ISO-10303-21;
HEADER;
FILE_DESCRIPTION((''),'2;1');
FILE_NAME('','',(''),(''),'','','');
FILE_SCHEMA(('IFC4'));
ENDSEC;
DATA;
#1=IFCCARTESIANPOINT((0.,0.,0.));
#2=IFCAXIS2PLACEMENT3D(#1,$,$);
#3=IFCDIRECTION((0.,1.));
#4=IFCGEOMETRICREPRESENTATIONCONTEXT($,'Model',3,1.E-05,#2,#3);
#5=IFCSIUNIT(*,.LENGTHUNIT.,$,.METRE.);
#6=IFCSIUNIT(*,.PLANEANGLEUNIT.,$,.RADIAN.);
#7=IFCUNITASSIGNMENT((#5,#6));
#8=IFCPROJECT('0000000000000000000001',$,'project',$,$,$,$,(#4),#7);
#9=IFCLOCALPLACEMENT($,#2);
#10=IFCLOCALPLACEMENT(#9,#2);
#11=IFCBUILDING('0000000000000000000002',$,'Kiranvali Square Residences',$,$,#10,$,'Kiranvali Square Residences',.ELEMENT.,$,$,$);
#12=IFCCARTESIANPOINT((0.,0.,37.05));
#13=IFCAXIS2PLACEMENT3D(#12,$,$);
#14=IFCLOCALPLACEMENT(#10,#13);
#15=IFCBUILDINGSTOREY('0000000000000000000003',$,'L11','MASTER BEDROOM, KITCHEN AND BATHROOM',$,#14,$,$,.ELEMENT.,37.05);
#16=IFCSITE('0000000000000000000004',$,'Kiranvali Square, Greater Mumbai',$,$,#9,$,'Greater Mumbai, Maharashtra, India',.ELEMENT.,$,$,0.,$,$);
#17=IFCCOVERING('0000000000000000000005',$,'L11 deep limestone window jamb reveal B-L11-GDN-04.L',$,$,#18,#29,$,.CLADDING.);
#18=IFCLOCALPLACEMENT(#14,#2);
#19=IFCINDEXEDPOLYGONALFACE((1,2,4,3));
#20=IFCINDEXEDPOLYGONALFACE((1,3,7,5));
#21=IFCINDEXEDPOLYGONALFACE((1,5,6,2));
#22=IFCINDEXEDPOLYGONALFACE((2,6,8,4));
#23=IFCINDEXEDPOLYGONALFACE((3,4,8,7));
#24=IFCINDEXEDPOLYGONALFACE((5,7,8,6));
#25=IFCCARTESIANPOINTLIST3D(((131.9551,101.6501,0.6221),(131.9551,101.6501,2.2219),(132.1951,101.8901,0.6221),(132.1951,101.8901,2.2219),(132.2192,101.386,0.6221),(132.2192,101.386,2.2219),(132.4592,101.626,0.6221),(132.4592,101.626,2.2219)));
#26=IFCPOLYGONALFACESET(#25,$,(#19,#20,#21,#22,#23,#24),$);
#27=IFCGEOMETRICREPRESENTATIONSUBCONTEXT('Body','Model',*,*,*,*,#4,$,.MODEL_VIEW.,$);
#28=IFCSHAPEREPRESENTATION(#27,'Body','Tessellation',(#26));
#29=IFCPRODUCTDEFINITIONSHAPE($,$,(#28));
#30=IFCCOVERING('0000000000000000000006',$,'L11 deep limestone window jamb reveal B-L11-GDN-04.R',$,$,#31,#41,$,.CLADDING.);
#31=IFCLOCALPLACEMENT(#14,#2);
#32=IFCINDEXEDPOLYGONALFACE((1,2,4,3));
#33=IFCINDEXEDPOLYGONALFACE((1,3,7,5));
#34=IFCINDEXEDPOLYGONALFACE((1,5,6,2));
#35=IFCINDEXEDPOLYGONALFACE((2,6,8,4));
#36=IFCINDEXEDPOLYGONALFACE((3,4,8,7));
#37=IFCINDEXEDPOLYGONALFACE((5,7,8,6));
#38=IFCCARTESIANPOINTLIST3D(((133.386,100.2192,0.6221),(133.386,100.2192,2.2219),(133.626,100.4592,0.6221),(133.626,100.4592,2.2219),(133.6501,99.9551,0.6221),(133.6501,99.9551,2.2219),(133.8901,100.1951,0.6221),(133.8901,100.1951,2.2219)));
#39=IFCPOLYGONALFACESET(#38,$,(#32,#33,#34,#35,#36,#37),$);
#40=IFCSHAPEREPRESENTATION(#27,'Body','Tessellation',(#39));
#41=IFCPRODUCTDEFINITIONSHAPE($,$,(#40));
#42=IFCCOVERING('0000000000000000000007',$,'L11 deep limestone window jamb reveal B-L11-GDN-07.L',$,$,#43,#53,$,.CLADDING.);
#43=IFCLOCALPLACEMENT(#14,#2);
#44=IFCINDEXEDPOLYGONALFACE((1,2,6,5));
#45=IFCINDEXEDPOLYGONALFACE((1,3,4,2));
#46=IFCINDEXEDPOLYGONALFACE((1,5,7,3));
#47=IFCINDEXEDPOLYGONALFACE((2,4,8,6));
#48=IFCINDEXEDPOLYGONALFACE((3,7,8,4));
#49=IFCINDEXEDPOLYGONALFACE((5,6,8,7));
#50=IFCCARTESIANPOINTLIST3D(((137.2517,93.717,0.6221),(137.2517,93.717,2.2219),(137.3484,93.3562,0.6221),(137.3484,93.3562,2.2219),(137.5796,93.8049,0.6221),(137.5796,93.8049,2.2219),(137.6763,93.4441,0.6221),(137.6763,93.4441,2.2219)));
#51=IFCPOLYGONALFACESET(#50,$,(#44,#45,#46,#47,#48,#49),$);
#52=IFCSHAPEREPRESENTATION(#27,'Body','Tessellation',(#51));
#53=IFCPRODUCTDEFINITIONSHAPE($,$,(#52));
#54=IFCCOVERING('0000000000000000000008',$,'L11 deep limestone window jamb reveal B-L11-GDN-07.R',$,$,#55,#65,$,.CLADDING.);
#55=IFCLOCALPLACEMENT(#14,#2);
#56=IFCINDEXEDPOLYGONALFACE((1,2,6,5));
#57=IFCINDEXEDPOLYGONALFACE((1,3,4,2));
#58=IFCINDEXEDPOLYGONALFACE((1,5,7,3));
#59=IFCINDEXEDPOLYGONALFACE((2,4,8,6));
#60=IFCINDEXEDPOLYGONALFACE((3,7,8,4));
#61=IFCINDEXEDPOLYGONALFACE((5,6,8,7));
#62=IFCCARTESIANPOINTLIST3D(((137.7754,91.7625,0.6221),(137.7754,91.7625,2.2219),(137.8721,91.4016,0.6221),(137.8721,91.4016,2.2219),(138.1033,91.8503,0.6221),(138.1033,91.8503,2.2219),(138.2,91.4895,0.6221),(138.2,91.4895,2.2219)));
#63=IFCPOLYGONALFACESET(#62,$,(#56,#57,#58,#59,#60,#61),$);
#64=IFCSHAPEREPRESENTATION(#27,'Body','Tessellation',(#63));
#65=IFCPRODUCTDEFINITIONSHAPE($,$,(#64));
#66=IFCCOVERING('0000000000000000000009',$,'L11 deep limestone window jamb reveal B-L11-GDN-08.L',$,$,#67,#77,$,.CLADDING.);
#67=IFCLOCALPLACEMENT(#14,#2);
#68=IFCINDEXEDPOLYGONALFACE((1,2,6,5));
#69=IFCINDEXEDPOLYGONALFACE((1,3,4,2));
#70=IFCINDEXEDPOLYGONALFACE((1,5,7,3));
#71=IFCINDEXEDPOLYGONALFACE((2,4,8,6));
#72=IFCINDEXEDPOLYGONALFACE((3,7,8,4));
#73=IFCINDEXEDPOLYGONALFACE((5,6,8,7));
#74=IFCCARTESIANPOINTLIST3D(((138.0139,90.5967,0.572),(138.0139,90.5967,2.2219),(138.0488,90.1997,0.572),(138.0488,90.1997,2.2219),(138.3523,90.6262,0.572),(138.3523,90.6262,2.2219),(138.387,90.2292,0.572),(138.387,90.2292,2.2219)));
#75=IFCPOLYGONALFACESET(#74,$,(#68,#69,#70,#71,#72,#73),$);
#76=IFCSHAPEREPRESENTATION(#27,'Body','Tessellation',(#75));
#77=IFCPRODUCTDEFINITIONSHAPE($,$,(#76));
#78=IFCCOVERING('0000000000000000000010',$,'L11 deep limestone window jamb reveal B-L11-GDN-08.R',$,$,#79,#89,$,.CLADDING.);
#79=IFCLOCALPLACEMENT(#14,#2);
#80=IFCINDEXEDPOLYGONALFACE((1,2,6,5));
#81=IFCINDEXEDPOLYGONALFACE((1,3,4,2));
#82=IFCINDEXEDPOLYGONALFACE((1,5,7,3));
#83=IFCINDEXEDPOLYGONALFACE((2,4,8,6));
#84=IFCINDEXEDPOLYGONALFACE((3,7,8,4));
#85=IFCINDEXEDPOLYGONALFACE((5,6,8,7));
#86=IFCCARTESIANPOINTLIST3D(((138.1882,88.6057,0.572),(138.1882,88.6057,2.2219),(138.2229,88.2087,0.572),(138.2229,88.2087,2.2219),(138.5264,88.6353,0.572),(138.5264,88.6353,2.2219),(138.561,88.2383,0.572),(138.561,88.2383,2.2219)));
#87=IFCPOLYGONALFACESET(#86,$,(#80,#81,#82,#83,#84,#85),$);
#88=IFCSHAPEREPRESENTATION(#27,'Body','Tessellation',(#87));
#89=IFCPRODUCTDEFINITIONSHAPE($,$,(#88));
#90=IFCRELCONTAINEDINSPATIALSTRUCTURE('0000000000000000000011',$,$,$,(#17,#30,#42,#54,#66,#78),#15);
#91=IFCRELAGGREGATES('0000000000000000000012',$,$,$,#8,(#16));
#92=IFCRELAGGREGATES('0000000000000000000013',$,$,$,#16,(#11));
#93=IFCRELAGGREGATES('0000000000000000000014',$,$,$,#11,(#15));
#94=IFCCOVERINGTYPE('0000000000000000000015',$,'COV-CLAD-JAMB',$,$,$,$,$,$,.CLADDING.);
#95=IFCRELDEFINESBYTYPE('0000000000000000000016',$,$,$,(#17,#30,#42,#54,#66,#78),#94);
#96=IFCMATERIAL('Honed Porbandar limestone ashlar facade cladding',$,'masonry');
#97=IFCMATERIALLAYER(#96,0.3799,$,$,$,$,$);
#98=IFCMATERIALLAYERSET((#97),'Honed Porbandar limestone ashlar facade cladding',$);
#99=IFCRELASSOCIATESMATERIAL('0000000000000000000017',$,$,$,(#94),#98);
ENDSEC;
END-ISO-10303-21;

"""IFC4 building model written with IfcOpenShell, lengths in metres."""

from ifc_helpers import new_model, si_unit, direction, frame, origin, place, context, subcontext, project, spatial, polyline, outline, extrude, material, layer, layer_set, type_object, element, save


model = new_model("IFC4")

# Units and contexts
model_context = context("Model", 3, precision=1e-05, world=origin(), true_north=direction((0.0, 1.0)))
body_context = subcontext(model_context, "Body", "Model", "MODEL_VIEW")
ifc_project = project(units=[si_unit("LENGTHUNIT", "METRE"), si_unit("PLANEANGLEUNIT", "RADIAN")], contexts=[model_context])

# Site, building, storey
site_placement = place(None, origin())
site = spatial("IfcSite", under=ifc_project, at=site_placement, Name="Kiranvali Square, Greater Mumbai", LongName="Greater Mumbai, Maharashtra, India", CompositionType="ELEMENT", RefElevation=0.0)
building_placement = place(site_placement, origin())
building = spatial("IfcBuilding", under=site, at=building_placement, Name="Kiranvali Square Residences", LongName="Kiranvali Square Residences", CompositionType="ELEMENT")
storey_placement = place(building_placement, frame((0.0, 0.0, 37.05)))
storey = spatial("IfcBuildingStorey", under=building, at=storey_placement, Name="L11", Description="MASTER BEDROOM, KITCHEN AND BATHROOM", CompositionType="ELEMENT", Elevation=37.05)

# Coverings
ifc_material = material(Name="Honed Porbandar limestone ashlar facade cladding", Category="masonry")
ifc_layer = layer(ifc_material, 0.3799)
ifc_layer_set = layer_set([ifc_layer], Name="Honed Porbandar limestone ashlar facade cladding")
covering_type = type_object("IfcCoveringType", Name="COV-CLAD-JAMB", PredefinedType="CLADDING", material=ifc_layer_set)
covering_1_placement = place(storey_placement, frame((0.0, 0.0, 0.6221)))
element("IfcCovering", 1, at=covering_1_placement, inside=storey, type_object=covering_type, Name="L11 deep limestone window jamb reveal B-L11-GDN-04.L", PredefinedType="CLADDING", context=body_context, shape_type="SweptSolid", body=[
    extrude(outline(polyline([(131.9551, 101.6501), (132.2192, 101.386), (132.4592, 101.626), (132.1951, 101.8901), (131.9551, 101.6501)])), origin(), (0.0, 0.0, 1.0), 1.5999),
])
covering_2_placement = place(storey_placement, frame((0.0, 0.0, 0.6221)))
element("IfcCovering", 2, at=covering_2_placement, inside=storey, type_object=covering_type, Name="L11 deep limestone window jamb reveal B-L11-GDN-04.R", PredefinedType="CLADDING", context=body_context, shape_type="SweptSolid", body=[
    extrude(outline(polyline([(133.386, 100.2192), (133.6501, 99.9551), (133.8901, 100.1951), (133.626, 100.4592), (133.386, 100.2192)])), origin(), (0.0, 0.0, 1.0), 1.5999),
])
covering_3_placement = place(storey_placement, frame((0.0, 0.0, 0.6221)))
element("IfcCovering", 3, at=covering_3_placement, inside=storey, type_object=covering_type, Name="L11 deep limestone window jamb reveal B-L11-GDN-07.L", PredefinedType="CLADDING", context=body_context, shape_type="SweptSolid", body=[
    extrude(outline(polyline([(137.2517, 93.717), (137.3484, 93.3562), (137.6763, 93.4441), (137.5796, 93.8049), (137.2517, 93.717)])), origin(), (0.0, 0.0, 1.0), 1.5999),
])
covering_4_placement = place(storey_placement, frame((0.0, 0.0, 0.6221)))
element("IfcCovering", 4, at=covering_4_placement, inside=storey, type_object=covering_type, Name="L11 deep limestone window jamb reveal B-L11-GDN-07.R", PredefinedType="CLADDING", context=body_context, shape_type="SweptSolid", body=[
    extrude(outline(polyline([(137.7754, 91.7625), (137.8721, 91.4016), (138.2, 91.4895), (138.1033, 91.8503), (137.7754, 91.7625)])), origin(), (0.0, 0.0, 1.0), 1.5999),
])
covering_5_placement = place(storey_placement, frame((0.0, 0.0, 0.572)))
element("IfcCovering", 5, at=covering_5_placement, inside=storey, type_object=covering_type, Name="L11 deep limestone window jamb reveal B-L11-GDN-08.L", PredefinedType="CLADDING", context=body_context, shape_type="SweptSolid", body=[
    extrude(outline(polyline([(138.0139, 90.5967), (138.0488, 90.1997), (138.387, 90.2292), (138.3523, 90.6262), (138.0139, 90.5967)])), origin(), (0.0, 0.0, 1.0), 1.6499),
])
covering_6_placement = place(storey_placement, frame((0.0, 0.0, 0.572)))
element("IfcCovering", 6, at=covering_6_placement, inside=storey, type_object=covering_type, Name="L11 deep limestone window jamb reveal B-L11-GDN-08.R", PredefinedType="CLADDING", context=body_context, shape_type="SweptSolid", body=[
    extrude(outline(polyline([(138.1882, 88.6057), (138.2229, 88.2087), (138.561, 88.2383), (138.5264, 88.6353), (138.1882, 88.6057)])), origin(), (0.0, 0.0, 1.0), 1.6499),
])

save(model, "model.ifc")
